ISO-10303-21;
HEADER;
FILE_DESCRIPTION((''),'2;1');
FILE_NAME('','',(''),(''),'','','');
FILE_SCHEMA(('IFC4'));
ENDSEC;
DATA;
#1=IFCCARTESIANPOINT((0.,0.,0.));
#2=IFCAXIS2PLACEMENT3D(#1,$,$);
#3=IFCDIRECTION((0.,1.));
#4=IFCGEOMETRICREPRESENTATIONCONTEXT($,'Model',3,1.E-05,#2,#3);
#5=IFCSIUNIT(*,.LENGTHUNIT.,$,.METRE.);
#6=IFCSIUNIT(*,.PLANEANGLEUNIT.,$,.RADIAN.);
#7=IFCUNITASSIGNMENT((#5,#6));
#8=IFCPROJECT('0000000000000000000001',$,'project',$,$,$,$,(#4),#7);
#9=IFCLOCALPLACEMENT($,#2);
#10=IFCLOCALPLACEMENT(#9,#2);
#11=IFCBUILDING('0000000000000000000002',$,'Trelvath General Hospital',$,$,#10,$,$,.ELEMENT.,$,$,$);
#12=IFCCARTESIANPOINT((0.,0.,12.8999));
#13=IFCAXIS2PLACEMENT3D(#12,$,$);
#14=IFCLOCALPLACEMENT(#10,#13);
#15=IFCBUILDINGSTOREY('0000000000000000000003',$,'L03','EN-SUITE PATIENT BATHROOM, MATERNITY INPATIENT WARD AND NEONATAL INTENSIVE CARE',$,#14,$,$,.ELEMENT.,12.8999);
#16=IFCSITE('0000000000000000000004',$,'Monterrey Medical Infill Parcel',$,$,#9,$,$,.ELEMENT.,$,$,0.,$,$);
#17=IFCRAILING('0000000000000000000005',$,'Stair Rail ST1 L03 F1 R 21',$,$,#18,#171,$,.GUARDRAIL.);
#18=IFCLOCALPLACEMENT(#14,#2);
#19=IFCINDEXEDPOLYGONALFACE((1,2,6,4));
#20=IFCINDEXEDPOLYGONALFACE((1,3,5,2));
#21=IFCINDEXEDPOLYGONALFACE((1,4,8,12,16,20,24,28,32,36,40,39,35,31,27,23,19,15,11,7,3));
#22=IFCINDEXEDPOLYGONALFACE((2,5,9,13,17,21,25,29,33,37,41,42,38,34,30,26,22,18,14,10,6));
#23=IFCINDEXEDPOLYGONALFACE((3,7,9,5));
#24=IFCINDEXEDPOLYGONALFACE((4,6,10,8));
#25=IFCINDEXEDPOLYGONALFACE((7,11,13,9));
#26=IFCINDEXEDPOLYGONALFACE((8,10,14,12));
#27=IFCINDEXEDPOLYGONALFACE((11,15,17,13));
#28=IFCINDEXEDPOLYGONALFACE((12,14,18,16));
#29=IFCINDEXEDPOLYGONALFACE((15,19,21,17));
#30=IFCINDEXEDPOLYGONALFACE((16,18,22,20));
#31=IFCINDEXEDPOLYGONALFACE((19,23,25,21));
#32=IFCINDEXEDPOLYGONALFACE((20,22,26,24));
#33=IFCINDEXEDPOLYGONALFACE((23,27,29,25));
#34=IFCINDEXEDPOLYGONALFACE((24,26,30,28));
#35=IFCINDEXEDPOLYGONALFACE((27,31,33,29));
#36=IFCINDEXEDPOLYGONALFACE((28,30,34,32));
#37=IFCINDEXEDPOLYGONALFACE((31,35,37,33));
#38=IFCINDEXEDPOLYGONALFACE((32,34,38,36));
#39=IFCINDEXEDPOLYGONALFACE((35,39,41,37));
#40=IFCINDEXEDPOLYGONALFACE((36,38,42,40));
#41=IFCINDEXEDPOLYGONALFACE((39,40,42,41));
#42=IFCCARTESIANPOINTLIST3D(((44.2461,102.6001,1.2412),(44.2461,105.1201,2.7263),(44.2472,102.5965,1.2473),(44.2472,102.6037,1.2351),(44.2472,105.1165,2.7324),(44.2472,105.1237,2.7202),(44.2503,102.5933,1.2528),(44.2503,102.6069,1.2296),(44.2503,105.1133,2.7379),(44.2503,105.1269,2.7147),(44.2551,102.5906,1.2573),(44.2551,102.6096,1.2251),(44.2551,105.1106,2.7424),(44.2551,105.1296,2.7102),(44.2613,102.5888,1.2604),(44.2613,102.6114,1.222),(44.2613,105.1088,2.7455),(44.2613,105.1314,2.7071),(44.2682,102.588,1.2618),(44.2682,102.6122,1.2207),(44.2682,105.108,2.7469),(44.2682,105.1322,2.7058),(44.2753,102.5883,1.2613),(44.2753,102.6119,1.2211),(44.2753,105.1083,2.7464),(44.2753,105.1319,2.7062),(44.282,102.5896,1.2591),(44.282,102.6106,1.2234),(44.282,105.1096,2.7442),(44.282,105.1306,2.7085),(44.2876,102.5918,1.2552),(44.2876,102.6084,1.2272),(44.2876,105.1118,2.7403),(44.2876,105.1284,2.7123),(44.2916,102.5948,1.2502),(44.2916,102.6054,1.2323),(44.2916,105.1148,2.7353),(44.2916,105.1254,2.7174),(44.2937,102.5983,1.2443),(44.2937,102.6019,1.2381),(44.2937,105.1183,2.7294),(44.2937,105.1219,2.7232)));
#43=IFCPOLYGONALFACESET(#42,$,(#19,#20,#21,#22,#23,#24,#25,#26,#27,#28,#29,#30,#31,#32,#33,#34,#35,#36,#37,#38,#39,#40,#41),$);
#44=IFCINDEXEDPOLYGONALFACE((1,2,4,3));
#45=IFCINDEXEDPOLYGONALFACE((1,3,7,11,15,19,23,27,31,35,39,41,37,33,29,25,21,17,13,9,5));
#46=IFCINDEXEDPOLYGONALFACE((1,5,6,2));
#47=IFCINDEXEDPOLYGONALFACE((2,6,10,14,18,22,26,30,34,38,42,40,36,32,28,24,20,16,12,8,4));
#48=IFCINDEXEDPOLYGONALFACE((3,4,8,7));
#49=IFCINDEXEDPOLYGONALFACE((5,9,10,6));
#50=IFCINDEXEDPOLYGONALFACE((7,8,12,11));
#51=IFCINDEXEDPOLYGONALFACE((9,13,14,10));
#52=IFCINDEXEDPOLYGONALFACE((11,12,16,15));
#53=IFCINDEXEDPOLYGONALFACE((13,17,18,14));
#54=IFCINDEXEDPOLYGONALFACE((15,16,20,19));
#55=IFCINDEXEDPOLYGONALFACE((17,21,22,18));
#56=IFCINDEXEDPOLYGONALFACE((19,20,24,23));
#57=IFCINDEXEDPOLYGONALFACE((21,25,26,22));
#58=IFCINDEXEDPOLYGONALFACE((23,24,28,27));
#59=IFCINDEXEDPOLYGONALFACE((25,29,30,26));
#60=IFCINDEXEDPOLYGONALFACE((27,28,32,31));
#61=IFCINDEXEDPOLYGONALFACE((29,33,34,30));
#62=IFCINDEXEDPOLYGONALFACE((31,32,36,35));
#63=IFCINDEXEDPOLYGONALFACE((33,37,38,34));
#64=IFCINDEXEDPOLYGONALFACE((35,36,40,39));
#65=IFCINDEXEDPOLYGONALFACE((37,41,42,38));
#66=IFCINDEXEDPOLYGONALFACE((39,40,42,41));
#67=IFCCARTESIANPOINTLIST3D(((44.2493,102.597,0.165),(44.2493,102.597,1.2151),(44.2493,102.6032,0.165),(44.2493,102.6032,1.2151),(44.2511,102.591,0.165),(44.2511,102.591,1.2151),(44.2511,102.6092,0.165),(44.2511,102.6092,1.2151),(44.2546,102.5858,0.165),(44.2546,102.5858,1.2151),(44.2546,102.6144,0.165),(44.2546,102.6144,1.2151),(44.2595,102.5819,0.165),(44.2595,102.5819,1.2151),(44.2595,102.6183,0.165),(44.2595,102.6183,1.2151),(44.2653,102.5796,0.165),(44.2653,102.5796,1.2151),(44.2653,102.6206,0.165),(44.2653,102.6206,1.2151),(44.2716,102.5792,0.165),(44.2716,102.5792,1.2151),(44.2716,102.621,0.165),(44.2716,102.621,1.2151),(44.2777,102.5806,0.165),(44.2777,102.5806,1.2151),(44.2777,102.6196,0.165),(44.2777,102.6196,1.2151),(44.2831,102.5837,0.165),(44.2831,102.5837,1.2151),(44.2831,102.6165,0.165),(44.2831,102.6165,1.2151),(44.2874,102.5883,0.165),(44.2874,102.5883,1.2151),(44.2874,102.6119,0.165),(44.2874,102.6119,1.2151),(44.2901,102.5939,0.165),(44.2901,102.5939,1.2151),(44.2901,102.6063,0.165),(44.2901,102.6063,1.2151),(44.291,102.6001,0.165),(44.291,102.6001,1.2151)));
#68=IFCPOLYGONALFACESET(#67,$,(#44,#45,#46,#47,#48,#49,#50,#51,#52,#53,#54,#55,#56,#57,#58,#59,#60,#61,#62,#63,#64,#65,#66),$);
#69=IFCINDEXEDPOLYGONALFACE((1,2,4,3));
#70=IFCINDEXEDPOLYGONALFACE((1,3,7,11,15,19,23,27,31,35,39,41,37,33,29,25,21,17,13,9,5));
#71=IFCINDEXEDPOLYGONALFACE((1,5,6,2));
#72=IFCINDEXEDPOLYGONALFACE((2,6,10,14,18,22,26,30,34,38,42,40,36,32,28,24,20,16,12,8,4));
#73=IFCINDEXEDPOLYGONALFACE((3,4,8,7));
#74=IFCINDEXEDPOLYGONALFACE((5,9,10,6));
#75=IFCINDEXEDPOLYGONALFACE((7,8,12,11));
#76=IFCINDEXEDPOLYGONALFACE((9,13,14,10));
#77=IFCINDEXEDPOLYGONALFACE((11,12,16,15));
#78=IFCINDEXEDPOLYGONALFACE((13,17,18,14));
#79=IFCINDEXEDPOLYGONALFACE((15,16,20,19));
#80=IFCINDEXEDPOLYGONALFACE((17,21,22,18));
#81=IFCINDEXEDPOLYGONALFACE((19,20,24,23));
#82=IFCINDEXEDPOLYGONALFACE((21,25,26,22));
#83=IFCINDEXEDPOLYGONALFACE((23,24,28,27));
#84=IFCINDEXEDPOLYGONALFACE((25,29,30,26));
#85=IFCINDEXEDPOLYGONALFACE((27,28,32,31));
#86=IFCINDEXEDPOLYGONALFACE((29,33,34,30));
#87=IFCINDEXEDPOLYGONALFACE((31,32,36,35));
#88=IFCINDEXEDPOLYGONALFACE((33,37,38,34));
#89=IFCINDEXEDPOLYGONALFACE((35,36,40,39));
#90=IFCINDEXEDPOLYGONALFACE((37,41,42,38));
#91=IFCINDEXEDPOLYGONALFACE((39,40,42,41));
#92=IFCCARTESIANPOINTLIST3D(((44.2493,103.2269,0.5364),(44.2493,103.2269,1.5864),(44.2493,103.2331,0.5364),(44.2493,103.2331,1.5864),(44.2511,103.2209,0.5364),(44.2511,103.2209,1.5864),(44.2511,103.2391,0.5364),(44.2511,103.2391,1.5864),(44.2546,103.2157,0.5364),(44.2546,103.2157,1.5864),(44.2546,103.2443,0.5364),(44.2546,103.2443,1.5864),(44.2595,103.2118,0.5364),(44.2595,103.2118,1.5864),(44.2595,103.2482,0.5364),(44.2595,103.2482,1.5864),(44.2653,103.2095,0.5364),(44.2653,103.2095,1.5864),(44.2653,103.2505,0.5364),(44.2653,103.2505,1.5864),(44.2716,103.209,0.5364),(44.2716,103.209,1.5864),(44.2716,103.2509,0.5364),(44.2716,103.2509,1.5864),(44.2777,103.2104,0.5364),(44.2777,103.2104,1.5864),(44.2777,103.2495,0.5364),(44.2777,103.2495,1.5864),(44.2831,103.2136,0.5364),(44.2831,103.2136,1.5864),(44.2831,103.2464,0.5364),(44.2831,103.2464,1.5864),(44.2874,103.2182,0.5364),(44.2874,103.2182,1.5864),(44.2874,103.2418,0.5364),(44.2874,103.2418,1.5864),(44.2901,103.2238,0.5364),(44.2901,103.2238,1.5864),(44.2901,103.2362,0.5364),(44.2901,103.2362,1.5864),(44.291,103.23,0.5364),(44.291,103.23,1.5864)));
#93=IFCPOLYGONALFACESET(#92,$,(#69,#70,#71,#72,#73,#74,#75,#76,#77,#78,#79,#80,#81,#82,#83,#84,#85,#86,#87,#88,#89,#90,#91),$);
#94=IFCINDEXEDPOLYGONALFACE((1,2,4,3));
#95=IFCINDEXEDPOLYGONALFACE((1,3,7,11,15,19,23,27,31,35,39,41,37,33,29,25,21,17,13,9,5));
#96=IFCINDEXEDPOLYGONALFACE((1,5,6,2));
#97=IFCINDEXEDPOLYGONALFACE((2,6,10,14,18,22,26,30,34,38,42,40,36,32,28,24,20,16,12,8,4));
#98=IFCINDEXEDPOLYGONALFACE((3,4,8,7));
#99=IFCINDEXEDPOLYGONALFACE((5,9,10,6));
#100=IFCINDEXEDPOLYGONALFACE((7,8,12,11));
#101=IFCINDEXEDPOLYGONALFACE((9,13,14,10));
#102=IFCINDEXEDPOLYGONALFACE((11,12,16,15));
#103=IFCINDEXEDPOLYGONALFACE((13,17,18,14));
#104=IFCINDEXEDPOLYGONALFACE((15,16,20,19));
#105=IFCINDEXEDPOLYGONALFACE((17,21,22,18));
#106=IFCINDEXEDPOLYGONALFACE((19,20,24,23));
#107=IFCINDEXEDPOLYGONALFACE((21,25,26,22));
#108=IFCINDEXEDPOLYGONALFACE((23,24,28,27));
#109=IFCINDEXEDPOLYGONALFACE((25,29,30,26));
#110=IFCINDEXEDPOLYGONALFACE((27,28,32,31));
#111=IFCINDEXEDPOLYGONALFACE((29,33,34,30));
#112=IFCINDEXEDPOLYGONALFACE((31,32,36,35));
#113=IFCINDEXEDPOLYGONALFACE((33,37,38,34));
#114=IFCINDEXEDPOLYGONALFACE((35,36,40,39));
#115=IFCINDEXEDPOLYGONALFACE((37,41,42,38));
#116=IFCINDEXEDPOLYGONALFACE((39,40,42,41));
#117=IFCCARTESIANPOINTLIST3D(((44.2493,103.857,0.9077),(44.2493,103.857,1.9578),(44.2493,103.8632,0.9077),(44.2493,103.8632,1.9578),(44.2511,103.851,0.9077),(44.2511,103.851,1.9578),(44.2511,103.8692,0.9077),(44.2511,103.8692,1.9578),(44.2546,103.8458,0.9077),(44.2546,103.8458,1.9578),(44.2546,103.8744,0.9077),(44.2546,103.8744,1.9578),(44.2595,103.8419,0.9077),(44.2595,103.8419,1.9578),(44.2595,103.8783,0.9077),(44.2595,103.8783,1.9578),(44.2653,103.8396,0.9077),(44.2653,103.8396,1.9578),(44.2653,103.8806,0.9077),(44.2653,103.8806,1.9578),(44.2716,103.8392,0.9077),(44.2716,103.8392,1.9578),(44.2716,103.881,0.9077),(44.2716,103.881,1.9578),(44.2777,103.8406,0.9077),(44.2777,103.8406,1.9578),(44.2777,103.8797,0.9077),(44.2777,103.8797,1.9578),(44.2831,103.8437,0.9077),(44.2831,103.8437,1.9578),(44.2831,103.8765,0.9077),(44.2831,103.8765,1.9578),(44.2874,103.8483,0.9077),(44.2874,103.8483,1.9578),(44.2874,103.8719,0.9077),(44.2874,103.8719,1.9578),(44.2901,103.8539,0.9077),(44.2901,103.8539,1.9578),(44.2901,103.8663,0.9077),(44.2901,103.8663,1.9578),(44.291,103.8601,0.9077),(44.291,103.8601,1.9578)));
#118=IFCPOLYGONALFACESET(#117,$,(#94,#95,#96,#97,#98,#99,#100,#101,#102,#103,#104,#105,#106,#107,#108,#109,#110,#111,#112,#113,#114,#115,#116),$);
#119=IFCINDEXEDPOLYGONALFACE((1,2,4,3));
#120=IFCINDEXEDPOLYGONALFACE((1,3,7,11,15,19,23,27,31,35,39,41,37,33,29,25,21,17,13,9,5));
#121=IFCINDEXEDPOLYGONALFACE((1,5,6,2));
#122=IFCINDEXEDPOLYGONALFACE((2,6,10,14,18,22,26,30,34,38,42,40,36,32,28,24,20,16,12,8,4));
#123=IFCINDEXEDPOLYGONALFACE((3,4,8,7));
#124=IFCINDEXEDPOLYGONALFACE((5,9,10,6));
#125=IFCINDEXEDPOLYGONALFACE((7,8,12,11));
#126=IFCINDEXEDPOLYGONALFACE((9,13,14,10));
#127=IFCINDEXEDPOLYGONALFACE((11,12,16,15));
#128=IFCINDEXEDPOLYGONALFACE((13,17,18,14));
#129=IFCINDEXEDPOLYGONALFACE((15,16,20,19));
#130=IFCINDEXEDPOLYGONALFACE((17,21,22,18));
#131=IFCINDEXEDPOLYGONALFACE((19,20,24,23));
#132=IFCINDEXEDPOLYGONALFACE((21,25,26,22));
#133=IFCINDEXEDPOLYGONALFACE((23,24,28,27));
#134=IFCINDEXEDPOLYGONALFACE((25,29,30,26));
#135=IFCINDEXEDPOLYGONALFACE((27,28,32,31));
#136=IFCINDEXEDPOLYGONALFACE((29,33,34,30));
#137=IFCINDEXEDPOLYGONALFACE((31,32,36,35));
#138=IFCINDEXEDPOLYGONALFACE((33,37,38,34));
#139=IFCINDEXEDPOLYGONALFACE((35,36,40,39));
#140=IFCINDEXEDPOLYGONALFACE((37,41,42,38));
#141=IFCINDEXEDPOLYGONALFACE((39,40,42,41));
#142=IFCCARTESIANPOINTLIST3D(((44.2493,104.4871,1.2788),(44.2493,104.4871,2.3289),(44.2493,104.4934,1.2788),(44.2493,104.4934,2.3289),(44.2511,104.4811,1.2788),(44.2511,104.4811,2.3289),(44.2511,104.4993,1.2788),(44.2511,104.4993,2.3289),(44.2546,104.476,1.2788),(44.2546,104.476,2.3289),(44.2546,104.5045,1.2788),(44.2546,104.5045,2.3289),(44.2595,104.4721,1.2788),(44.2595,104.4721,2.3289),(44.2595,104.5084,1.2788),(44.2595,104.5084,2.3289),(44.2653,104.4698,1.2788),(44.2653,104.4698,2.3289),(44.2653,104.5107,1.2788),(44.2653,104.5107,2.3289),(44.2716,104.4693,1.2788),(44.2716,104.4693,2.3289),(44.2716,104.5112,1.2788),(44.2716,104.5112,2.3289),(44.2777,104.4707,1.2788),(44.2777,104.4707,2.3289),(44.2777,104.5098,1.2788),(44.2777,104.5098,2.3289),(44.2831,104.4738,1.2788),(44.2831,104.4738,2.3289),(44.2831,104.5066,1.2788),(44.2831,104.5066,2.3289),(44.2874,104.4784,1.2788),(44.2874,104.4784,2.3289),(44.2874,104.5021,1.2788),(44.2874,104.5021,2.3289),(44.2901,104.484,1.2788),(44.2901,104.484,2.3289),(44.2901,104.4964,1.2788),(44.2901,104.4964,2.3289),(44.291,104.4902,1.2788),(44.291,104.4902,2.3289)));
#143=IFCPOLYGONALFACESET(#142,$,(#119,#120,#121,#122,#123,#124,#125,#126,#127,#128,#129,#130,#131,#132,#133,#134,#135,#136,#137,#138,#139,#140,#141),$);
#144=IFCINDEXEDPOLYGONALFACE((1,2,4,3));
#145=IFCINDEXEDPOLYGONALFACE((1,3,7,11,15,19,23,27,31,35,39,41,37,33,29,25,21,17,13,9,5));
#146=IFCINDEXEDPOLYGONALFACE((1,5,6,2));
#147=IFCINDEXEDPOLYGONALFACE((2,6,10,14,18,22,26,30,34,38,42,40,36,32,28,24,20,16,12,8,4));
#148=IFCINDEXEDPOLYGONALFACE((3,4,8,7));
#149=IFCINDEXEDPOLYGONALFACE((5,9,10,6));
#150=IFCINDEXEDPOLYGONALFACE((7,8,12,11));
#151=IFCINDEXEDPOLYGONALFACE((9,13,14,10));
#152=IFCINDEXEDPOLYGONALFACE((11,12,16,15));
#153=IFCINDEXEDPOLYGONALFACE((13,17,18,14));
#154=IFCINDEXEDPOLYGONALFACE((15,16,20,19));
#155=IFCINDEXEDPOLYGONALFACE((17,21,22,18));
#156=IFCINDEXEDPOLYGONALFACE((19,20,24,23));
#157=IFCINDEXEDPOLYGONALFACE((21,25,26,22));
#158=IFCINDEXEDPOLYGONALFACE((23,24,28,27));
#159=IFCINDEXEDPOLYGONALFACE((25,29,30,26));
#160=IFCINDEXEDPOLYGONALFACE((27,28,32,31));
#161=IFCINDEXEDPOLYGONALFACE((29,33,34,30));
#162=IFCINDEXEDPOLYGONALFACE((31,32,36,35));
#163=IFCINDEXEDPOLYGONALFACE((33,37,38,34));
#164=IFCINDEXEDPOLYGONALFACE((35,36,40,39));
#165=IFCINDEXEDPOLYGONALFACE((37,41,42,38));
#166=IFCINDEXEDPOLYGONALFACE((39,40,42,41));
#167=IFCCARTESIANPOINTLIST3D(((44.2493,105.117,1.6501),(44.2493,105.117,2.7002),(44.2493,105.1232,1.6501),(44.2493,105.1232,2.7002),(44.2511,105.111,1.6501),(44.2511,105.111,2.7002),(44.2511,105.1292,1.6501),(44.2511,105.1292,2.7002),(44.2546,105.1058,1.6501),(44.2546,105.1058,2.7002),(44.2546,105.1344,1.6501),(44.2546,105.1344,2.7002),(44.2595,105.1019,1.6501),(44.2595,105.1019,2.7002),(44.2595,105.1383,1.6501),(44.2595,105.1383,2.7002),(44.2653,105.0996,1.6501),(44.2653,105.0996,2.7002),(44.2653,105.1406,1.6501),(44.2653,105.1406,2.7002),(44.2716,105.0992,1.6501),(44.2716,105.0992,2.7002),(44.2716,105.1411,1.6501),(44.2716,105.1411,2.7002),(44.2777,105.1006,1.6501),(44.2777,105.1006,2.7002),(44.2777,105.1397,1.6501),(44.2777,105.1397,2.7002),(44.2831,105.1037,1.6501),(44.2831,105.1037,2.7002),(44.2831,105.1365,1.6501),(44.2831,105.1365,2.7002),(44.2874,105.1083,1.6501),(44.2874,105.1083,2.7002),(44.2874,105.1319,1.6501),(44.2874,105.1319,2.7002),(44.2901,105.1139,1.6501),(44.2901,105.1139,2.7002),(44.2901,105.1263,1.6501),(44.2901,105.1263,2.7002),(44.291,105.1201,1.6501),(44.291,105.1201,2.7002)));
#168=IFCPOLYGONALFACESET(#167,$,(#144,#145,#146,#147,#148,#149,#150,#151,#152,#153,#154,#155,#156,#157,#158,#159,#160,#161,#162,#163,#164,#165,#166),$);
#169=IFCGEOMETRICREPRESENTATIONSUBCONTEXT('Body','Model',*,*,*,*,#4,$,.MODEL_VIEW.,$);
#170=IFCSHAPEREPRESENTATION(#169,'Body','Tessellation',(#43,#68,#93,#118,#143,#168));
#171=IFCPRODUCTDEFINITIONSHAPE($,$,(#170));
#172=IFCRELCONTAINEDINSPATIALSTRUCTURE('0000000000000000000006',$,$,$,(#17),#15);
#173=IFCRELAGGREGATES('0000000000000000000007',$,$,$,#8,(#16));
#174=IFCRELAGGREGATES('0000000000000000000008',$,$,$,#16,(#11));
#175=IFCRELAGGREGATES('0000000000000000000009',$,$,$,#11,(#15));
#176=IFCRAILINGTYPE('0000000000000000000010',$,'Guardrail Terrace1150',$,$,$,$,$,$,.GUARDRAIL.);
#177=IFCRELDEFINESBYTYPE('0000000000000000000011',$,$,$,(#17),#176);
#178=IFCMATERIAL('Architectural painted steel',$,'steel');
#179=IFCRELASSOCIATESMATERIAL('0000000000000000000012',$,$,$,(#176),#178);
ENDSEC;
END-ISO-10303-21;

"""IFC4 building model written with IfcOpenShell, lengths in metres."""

from ifc_helpers import new_model, si_unit, direction, frame, origin, origin_2d, place, context, subcontext, project, spatial, circle, extrude, material, type_object, element, save


model = new_model("IFC4")

# Units and contexts
model_context = context("Model", 3, precision=1e-05, world=origin(), true_north=direction((0.0, 1.0)))
body_context = subcontext(model_context, "Body", "Model", "MODEL_VIEW")
ifc_project = project(units=[si_unit("LENGTHUNIT", "METRE"), si_unit("PLANEANGLEUNIT", "RADIAN")], contexts=[model_context])

# Site, building, storey
site_placement = place(None, origin())
site = spatial("IfcSite", under=ifc_project, at=site_placement, Name="Monterrey Medical Infill Parcel", CompositionType="ELEMENT", RefElevation=0.0)
building_placement = place(site_placement, origin())
building = spatial("IfcBuilding", under=site, at=building_placement, Name="Trelvath General Hospital", CompositionType="ELEMENT")
storey_placement = place(building_placement, frame((0.0, 0.0, 12.8999)))
storey = spatial("IfcBuildingStorey", under=building, at=storey_placement, Name="L03", Description="EN-SUITE PATIENT BATHROOM, MATERNITY INPATIENT WARD AND NEONATAL INTENSIVE CARE", CompositionType="ELEMENT", Elevation=12.8999)

# Railing
ifc_material_1 = material(Name="Architectural painted steel", Category="steel")
railing_type_1 = type_object("IfcRailingType", Name="Guardrail Terrace1150", PredefinedType="GUARDRAIL", material=ifc_material_1)
railing_1_placement = place(storey_placement, frame((44.27, 102.6001, 0.165)))
element("IfcRailing", 1, at=railing_1_placement, inside=storey, type_object=railing_type_1, Name="Stair Rail ST1 L03 F1 R 21", PredefinedType="GUARDRAIL", context=body_context, shape_type="SweptSolid", body=[
    extrude(circle(Radius=0.0239, at=origin_2d()), frame((0.0, 0.0, 1.0762), z_axis=(0.0, 0.861524, 0.507717), x_axis=(-1.0, 0.0, 0.0)), (0.0, 0.0, 1.0), 2.925),
    extrude(circle(Radius=0.021, at=origin_2d()), origin(), (0.0, 0.0, 1.0), 1.05),
    extrude(circle(Radius=0.021, at=origin_2d()), frame((0.0, 0.6299, 0.3713)), (0.0, 0.0, 1.0), 1.05),
    extrude(circle(Radius=0.021, at=origin_2d()), frame((0.0, 1.26, 0.7427)), (0.0, 0.0, 1.0), 1.05),
    extrude(circle(Radius=0.021, at=origin_2d()), frame((0.0, 1.8901, 1.1138)), (0.0, 0.0, 1.0), 1.05),
    extrude(circle(Radius=0.021, at=origin_2d()), frame((0.0, 2.52, 1.4851)), (0.0, 0.0, 1.0), 1.05),
])

save(model, "model.ifc")
